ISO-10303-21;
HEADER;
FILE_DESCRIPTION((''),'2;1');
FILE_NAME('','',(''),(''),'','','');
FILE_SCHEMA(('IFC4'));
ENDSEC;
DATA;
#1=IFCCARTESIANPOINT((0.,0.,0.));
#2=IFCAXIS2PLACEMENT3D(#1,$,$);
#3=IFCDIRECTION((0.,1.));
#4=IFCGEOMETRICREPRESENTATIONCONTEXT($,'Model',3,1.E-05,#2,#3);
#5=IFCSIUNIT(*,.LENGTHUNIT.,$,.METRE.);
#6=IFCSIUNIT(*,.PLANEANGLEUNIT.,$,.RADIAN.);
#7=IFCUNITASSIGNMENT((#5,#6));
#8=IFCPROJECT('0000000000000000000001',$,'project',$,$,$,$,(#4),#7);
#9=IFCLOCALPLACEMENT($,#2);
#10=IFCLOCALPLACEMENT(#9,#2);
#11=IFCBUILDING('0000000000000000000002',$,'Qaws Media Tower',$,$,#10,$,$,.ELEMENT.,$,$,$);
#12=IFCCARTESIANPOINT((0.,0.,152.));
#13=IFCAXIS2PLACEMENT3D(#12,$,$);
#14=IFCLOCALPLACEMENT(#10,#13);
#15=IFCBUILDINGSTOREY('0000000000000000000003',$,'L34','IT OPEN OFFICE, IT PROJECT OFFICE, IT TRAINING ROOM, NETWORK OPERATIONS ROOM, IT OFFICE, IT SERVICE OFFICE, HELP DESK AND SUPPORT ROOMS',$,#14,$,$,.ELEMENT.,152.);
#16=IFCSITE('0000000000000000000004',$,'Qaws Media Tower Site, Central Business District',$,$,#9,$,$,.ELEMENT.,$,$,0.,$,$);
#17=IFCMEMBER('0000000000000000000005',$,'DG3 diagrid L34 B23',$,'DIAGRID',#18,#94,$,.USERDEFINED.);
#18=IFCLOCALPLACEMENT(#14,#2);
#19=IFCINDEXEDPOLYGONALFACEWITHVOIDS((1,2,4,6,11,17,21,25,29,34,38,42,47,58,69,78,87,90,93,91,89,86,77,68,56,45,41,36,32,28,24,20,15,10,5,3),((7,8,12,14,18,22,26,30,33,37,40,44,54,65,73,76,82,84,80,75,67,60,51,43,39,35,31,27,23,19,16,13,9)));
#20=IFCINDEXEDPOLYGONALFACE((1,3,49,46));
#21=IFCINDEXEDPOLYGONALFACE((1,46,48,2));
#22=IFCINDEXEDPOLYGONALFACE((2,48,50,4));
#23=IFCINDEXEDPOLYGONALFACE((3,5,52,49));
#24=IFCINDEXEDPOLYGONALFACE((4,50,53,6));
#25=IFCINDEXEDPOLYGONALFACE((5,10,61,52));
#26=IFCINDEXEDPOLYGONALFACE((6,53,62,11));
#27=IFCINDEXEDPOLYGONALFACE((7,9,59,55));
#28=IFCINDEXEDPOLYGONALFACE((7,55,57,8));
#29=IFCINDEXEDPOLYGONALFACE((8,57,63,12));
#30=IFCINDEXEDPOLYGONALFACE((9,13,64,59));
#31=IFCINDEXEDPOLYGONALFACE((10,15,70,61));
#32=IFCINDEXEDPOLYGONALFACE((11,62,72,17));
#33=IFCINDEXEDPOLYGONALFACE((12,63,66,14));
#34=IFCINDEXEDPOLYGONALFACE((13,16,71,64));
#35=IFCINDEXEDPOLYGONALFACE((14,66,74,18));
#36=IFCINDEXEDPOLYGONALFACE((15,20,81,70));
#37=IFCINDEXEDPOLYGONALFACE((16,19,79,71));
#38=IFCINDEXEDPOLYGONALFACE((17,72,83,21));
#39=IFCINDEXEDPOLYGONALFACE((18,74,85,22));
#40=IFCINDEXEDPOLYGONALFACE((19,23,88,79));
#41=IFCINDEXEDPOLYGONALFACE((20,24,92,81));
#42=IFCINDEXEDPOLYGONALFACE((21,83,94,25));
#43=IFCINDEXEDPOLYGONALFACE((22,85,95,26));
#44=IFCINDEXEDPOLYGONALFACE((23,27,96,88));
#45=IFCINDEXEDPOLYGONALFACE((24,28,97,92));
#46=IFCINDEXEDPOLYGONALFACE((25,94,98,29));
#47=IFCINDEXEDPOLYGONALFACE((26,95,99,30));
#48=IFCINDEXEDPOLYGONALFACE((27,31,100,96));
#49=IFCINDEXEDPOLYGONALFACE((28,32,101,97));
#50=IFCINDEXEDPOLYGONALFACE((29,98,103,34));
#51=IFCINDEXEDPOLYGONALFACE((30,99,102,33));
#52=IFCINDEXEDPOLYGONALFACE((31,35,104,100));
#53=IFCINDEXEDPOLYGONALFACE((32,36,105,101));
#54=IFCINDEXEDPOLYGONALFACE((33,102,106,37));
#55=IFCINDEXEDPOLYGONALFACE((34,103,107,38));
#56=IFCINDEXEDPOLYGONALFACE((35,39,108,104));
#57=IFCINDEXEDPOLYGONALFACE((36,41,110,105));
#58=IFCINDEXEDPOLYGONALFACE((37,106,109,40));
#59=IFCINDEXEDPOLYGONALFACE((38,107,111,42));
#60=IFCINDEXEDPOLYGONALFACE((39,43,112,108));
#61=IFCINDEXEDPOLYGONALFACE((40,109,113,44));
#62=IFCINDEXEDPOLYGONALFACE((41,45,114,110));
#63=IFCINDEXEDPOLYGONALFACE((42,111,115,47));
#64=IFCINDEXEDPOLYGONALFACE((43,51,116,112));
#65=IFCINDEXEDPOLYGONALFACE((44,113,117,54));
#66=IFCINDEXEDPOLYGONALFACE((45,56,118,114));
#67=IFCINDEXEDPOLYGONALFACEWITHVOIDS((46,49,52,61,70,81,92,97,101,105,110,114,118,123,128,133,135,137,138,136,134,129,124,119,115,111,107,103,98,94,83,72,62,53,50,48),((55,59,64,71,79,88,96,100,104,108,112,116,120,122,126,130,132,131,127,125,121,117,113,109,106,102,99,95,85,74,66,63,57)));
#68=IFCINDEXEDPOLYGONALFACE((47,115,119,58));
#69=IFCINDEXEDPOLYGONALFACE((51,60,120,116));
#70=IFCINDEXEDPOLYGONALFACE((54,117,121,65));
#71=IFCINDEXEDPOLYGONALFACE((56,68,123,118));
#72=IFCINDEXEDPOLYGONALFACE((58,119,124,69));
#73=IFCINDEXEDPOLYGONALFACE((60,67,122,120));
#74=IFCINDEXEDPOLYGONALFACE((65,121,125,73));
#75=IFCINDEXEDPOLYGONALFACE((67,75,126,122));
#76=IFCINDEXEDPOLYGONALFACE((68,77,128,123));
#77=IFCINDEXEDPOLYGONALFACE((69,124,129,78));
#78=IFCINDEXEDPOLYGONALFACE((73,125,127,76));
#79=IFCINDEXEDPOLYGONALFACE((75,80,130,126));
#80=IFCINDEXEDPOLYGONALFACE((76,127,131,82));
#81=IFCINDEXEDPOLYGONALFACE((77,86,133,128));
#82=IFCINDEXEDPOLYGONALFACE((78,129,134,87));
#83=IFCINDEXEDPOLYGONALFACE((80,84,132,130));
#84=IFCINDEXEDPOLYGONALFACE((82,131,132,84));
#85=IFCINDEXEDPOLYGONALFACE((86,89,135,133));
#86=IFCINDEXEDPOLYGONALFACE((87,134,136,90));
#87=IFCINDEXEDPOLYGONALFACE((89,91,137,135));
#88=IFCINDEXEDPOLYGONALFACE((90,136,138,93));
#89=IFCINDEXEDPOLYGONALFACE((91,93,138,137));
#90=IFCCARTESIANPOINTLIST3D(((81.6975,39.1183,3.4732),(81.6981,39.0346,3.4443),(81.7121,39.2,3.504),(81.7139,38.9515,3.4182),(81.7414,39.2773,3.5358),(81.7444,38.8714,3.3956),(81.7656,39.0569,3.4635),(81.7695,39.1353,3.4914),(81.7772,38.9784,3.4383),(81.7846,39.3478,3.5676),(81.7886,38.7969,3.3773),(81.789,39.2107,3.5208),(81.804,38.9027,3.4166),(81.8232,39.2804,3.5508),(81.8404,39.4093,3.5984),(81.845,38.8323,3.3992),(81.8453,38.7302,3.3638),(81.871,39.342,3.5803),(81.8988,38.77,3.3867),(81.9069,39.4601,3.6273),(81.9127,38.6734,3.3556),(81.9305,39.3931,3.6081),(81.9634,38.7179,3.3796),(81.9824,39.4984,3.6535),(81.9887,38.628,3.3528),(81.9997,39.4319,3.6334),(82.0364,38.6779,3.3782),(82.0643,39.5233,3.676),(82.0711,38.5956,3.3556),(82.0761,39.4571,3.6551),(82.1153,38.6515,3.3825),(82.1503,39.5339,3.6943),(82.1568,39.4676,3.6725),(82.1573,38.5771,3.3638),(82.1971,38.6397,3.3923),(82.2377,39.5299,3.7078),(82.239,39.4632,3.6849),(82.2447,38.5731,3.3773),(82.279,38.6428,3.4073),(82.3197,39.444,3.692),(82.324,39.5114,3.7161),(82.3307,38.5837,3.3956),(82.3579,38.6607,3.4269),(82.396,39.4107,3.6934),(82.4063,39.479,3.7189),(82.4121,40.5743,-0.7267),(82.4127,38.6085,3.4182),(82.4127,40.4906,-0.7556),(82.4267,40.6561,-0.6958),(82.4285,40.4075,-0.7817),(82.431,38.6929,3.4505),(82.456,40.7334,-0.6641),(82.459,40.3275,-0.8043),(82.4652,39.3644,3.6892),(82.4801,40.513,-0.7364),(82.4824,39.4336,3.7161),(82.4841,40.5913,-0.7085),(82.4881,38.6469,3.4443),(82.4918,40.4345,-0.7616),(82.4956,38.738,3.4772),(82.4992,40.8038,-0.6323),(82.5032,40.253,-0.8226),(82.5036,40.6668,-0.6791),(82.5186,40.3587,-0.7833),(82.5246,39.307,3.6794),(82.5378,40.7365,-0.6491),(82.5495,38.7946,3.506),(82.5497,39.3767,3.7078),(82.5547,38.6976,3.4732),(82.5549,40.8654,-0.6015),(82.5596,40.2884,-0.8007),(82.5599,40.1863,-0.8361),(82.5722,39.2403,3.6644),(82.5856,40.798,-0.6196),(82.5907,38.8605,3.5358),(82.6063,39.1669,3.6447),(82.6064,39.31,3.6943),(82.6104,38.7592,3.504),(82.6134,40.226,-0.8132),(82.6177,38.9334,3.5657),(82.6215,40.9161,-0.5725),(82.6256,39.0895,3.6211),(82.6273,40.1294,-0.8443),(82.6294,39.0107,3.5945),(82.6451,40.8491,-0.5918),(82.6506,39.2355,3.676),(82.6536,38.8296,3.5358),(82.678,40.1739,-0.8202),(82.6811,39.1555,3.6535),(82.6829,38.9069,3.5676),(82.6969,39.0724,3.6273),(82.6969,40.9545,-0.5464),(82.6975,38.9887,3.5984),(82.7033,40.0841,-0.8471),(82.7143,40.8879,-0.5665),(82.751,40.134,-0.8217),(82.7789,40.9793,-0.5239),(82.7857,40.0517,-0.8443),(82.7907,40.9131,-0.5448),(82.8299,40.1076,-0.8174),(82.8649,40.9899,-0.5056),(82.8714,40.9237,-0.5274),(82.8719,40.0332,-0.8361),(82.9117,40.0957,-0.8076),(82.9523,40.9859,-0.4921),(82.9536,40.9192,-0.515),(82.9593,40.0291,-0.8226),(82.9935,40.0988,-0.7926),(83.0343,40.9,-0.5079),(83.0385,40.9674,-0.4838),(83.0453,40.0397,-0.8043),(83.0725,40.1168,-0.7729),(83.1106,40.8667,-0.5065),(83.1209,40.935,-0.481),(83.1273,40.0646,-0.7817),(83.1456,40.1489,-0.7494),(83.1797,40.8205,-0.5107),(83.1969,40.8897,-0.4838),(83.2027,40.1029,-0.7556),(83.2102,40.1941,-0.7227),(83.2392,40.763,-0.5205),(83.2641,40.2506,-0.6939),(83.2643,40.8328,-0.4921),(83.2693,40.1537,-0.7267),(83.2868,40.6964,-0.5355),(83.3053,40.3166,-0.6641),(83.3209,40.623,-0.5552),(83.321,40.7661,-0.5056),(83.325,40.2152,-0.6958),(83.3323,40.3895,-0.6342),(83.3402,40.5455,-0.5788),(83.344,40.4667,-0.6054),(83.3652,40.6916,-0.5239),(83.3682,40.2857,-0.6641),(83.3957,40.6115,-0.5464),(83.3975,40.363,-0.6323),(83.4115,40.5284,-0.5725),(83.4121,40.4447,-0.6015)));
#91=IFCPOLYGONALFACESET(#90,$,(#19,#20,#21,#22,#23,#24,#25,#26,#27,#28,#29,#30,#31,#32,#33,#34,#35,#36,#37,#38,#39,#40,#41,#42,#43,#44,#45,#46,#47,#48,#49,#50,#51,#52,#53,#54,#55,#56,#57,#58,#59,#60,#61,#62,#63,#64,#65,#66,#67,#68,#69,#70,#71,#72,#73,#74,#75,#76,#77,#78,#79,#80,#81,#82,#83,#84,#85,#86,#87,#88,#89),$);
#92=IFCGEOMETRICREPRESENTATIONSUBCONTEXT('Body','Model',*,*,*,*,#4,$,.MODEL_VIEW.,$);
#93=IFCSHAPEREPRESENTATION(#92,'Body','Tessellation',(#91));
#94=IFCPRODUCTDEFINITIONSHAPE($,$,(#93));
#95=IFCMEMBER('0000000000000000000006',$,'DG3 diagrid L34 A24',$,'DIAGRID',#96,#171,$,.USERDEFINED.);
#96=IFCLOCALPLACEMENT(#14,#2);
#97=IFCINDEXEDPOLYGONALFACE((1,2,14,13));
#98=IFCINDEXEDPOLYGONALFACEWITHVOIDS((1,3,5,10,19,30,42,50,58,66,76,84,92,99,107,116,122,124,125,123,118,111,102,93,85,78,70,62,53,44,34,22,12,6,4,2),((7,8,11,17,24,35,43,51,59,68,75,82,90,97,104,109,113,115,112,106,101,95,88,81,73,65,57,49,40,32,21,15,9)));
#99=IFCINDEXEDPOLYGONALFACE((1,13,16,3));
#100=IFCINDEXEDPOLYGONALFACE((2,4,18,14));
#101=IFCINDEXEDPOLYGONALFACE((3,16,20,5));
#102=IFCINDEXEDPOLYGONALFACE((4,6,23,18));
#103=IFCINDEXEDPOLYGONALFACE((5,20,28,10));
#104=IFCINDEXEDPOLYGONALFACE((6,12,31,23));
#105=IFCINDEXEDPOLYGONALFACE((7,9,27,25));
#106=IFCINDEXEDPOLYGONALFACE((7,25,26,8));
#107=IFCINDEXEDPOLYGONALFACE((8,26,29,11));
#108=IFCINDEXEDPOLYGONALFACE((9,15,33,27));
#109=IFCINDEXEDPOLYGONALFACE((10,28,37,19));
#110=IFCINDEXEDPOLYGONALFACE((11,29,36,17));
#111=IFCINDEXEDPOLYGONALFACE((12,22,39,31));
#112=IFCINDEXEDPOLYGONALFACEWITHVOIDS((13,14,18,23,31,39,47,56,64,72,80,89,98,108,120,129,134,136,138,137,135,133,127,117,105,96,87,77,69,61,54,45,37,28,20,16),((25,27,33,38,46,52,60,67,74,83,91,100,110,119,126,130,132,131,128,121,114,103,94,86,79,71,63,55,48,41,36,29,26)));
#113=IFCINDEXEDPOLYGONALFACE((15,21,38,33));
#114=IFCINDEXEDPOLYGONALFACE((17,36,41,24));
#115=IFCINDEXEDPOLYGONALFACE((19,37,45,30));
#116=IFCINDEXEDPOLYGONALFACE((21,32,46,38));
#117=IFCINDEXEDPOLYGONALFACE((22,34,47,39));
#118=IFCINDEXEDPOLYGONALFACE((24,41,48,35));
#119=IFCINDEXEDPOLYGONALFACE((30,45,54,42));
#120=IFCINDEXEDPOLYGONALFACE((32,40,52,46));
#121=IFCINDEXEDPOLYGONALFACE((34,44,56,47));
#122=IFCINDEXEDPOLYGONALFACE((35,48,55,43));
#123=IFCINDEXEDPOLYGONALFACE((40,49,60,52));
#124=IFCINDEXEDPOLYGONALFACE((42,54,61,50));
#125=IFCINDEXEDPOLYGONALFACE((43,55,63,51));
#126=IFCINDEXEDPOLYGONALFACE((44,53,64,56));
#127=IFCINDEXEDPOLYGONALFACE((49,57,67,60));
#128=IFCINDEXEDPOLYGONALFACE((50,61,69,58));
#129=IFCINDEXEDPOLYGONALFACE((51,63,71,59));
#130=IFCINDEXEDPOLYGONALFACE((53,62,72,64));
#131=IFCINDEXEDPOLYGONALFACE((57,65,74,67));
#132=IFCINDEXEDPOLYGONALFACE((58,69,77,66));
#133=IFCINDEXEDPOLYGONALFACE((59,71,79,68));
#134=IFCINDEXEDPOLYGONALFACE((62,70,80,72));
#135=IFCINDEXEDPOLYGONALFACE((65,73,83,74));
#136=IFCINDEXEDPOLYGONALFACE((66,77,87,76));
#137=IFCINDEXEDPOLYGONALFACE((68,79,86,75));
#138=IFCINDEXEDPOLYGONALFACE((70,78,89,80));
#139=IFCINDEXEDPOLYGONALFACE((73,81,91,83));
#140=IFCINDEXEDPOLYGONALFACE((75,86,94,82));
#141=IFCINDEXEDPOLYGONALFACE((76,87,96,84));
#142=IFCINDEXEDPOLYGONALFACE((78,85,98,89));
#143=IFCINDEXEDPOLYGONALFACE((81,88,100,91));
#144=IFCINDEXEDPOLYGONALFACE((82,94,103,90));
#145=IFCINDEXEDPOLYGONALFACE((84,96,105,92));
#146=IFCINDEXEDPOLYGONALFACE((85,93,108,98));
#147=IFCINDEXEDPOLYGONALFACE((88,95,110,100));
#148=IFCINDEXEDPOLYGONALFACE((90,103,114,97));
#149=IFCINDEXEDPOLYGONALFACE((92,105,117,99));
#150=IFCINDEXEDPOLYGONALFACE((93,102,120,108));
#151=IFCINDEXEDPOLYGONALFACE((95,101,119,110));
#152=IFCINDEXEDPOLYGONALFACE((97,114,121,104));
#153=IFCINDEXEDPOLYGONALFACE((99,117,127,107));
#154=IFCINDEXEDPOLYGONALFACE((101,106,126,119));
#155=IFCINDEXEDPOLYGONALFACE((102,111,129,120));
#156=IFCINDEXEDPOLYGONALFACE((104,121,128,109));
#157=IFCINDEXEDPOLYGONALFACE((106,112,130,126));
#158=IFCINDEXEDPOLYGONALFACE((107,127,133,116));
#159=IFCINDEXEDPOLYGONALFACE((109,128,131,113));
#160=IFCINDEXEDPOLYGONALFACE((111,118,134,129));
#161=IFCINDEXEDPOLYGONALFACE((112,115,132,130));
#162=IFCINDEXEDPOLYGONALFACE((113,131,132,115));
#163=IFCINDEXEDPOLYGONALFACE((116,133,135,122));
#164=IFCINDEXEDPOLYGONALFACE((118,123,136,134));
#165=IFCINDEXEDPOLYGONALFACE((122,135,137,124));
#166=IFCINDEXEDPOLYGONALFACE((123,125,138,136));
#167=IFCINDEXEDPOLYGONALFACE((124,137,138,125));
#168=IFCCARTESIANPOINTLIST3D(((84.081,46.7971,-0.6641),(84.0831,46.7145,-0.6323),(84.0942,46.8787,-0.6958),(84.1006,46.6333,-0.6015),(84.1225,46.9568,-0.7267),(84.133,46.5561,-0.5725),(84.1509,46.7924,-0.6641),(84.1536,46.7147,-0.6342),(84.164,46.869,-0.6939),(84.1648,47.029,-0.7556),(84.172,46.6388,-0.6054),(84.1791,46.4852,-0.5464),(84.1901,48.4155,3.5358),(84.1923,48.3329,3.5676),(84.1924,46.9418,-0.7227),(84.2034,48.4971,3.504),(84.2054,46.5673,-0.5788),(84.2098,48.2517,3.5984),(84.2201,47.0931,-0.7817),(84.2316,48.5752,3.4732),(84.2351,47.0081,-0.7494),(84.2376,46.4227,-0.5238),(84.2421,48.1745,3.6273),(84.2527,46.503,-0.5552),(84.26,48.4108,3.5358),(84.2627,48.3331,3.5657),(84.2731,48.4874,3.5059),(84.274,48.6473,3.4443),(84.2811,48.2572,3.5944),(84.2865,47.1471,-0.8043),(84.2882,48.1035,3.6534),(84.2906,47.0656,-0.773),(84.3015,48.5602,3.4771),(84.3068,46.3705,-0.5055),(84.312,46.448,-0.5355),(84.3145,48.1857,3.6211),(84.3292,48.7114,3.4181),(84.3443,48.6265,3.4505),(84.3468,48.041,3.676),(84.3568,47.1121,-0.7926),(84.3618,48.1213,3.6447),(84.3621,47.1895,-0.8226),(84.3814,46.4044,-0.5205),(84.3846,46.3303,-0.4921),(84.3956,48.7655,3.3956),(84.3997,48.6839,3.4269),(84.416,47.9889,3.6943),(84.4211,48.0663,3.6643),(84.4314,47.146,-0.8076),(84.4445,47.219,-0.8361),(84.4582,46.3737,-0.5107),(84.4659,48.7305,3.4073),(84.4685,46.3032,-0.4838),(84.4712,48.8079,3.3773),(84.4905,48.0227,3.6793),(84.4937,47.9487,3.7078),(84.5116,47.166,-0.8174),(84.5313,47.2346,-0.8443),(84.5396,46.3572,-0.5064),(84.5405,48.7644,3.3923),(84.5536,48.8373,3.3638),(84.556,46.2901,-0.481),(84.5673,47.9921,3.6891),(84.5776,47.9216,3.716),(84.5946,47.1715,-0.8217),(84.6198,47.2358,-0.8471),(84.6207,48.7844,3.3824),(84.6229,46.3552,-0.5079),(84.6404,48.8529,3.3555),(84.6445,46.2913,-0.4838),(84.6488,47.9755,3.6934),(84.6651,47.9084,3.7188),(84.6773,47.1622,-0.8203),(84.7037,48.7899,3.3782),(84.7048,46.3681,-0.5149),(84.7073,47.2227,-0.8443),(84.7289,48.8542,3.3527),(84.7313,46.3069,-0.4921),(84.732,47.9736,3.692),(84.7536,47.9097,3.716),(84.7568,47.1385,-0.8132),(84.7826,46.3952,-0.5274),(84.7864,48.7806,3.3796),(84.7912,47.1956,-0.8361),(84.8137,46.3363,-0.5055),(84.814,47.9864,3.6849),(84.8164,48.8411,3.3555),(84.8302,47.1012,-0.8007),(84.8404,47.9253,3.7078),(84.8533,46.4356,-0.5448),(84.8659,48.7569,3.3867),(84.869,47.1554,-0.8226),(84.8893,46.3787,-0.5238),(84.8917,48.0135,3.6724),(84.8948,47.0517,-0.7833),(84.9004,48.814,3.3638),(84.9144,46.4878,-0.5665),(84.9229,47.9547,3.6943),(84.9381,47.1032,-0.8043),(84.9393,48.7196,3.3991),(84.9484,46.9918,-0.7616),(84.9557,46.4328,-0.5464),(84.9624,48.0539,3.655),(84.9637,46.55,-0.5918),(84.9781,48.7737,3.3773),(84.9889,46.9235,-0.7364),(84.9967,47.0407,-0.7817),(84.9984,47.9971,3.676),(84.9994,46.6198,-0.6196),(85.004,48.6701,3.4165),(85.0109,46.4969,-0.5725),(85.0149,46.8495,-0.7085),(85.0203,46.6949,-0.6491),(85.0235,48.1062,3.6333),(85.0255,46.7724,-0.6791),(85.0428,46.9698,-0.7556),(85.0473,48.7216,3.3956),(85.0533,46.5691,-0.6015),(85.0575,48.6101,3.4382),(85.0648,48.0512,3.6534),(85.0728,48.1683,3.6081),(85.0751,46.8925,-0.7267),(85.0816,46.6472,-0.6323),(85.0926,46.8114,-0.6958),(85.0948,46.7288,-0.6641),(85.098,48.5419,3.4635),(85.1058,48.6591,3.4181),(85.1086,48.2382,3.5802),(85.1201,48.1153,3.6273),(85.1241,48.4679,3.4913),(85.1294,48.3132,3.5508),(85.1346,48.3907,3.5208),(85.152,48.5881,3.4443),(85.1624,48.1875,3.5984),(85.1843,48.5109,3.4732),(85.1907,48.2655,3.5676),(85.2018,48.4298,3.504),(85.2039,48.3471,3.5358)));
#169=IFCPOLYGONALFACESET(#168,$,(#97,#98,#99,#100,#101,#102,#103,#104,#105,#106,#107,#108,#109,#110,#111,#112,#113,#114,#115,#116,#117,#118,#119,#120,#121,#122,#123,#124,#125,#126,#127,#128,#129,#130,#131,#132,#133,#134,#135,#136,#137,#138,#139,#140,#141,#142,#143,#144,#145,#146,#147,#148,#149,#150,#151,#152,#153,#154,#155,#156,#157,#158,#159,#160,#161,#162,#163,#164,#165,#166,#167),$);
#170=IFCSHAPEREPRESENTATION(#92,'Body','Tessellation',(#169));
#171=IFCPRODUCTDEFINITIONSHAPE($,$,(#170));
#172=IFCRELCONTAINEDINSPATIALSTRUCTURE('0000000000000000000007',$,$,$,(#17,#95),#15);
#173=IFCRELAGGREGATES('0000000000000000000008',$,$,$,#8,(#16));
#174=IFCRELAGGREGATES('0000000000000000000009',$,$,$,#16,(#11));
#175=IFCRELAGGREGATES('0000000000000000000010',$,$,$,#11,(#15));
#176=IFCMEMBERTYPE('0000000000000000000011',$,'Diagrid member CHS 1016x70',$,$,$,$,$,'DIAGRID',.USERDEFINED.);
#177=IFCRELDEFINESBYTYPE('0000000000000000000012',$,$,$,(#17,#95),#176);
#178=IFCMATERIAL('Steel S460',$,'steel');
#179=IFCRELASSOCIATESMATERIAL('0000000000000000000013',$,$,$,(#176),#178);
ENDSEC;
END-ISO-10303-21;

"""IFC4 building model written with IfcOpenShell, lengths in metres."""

from ifc_helpers import new_model, si_unit, direction, frame, origin, origin_2d, place, context, subcontext, project, spatial, hollow_circle, extrude, material, material_profile, profile_set, type_object, element, save


model = new_model("IFC4")

# Units and contexts
model_context = context("Model", 3, precision=1e-05, world=origin(), true_north=direction((0.0, 1.0)))
body_context = subcontext(model_context, "Body", "Model", "MODEL_VIEW")
ifc_project = project(units=[si_unit("LENGTHUNIT", "METRE"), si_unit("PLANEANGLEUNIT", "RADIAN")], contexts=[model_context])

# Site, building, storey
site_placement = place(None, origin())
site = spatial("IfcSite", under=ifc_project, at=site_placement, Name="Qaws Media Tower Site, Central Business District", CompositionType="ELEMENT", RefElevation=0.0)
building_placement = place(site_placement, origin())
building = spatial("IfcBuilding", under=site, at=building_placement, Name="Qaws Media Tower", CompositionType="ELEMENT")
storey_placement = place(building_placement, frame((0.0, 0.0, 152.0)))
storey = spatial("IfcBuildingStorey", under=building, at=storey_placement, Name="L34", Description="IT OPEN OFFICE, IT PROJECT OFFICE, IT TRAINING ROOM, NETWORK OPERATIONS ROOM, IT OFFICE, IT SERVICE OFFICE, HELP DESK AND SUPPORT ROOMS", CompositionType="ELEMENT", Elevation=152.0)

# Members
ifc_material_1 = material(Name="Steel S460", Category="steel")
ifc_material_profile_1 = material_profile(ifc_material_1, hollow_circle(Radius=0.5081, WallThickness=0.0701, at=origin_2d()), Name="CHS 1016x70")
ifc_profile_set_1 = profile_set([ifc_material_profile_1], Name="Steel S460")
member_type_1 = type_object("IfcMemberType", Name="Diagrid member CHS 1016x70", ElementType="DIAGRID", PredefinedType="USERDEFINED", material=ifc_profile_set_1)
for number, where, z_axis, x_axis, name in (
    (1, (82.9121, 40.5095, -0.6641), (-0.15872, -0.323405, 0.932854), (0.897714, -0.440578, 0.0), "DG3 diagrid L34 B23"),
    (2, (84.5879, 46.7629, -0.6641), (0.024239, 0.359462, 0.932845), (-0.997734, 0.067278, 0.0), "DG3 diagrid L34 A24"),
):
    element("IfcMember", number, at=place(storey_placement, frame(where, z_axis=z_axis, x_axis=x_axis)), inside=storey, type_object=member_type_1, Name=name, ObjectType="DIAGRID", PredefinedType="USERDEFINED", context=body_context, shape_type="SweptSolid", body=[
        extrude(hollow_circle(Radius=0.5081, WallThickness=0.0701, at=origin_2d()), origin(), (0.0, 0.0, 1.0), 4.5022),
    ])

save(model, "model.ifc")
